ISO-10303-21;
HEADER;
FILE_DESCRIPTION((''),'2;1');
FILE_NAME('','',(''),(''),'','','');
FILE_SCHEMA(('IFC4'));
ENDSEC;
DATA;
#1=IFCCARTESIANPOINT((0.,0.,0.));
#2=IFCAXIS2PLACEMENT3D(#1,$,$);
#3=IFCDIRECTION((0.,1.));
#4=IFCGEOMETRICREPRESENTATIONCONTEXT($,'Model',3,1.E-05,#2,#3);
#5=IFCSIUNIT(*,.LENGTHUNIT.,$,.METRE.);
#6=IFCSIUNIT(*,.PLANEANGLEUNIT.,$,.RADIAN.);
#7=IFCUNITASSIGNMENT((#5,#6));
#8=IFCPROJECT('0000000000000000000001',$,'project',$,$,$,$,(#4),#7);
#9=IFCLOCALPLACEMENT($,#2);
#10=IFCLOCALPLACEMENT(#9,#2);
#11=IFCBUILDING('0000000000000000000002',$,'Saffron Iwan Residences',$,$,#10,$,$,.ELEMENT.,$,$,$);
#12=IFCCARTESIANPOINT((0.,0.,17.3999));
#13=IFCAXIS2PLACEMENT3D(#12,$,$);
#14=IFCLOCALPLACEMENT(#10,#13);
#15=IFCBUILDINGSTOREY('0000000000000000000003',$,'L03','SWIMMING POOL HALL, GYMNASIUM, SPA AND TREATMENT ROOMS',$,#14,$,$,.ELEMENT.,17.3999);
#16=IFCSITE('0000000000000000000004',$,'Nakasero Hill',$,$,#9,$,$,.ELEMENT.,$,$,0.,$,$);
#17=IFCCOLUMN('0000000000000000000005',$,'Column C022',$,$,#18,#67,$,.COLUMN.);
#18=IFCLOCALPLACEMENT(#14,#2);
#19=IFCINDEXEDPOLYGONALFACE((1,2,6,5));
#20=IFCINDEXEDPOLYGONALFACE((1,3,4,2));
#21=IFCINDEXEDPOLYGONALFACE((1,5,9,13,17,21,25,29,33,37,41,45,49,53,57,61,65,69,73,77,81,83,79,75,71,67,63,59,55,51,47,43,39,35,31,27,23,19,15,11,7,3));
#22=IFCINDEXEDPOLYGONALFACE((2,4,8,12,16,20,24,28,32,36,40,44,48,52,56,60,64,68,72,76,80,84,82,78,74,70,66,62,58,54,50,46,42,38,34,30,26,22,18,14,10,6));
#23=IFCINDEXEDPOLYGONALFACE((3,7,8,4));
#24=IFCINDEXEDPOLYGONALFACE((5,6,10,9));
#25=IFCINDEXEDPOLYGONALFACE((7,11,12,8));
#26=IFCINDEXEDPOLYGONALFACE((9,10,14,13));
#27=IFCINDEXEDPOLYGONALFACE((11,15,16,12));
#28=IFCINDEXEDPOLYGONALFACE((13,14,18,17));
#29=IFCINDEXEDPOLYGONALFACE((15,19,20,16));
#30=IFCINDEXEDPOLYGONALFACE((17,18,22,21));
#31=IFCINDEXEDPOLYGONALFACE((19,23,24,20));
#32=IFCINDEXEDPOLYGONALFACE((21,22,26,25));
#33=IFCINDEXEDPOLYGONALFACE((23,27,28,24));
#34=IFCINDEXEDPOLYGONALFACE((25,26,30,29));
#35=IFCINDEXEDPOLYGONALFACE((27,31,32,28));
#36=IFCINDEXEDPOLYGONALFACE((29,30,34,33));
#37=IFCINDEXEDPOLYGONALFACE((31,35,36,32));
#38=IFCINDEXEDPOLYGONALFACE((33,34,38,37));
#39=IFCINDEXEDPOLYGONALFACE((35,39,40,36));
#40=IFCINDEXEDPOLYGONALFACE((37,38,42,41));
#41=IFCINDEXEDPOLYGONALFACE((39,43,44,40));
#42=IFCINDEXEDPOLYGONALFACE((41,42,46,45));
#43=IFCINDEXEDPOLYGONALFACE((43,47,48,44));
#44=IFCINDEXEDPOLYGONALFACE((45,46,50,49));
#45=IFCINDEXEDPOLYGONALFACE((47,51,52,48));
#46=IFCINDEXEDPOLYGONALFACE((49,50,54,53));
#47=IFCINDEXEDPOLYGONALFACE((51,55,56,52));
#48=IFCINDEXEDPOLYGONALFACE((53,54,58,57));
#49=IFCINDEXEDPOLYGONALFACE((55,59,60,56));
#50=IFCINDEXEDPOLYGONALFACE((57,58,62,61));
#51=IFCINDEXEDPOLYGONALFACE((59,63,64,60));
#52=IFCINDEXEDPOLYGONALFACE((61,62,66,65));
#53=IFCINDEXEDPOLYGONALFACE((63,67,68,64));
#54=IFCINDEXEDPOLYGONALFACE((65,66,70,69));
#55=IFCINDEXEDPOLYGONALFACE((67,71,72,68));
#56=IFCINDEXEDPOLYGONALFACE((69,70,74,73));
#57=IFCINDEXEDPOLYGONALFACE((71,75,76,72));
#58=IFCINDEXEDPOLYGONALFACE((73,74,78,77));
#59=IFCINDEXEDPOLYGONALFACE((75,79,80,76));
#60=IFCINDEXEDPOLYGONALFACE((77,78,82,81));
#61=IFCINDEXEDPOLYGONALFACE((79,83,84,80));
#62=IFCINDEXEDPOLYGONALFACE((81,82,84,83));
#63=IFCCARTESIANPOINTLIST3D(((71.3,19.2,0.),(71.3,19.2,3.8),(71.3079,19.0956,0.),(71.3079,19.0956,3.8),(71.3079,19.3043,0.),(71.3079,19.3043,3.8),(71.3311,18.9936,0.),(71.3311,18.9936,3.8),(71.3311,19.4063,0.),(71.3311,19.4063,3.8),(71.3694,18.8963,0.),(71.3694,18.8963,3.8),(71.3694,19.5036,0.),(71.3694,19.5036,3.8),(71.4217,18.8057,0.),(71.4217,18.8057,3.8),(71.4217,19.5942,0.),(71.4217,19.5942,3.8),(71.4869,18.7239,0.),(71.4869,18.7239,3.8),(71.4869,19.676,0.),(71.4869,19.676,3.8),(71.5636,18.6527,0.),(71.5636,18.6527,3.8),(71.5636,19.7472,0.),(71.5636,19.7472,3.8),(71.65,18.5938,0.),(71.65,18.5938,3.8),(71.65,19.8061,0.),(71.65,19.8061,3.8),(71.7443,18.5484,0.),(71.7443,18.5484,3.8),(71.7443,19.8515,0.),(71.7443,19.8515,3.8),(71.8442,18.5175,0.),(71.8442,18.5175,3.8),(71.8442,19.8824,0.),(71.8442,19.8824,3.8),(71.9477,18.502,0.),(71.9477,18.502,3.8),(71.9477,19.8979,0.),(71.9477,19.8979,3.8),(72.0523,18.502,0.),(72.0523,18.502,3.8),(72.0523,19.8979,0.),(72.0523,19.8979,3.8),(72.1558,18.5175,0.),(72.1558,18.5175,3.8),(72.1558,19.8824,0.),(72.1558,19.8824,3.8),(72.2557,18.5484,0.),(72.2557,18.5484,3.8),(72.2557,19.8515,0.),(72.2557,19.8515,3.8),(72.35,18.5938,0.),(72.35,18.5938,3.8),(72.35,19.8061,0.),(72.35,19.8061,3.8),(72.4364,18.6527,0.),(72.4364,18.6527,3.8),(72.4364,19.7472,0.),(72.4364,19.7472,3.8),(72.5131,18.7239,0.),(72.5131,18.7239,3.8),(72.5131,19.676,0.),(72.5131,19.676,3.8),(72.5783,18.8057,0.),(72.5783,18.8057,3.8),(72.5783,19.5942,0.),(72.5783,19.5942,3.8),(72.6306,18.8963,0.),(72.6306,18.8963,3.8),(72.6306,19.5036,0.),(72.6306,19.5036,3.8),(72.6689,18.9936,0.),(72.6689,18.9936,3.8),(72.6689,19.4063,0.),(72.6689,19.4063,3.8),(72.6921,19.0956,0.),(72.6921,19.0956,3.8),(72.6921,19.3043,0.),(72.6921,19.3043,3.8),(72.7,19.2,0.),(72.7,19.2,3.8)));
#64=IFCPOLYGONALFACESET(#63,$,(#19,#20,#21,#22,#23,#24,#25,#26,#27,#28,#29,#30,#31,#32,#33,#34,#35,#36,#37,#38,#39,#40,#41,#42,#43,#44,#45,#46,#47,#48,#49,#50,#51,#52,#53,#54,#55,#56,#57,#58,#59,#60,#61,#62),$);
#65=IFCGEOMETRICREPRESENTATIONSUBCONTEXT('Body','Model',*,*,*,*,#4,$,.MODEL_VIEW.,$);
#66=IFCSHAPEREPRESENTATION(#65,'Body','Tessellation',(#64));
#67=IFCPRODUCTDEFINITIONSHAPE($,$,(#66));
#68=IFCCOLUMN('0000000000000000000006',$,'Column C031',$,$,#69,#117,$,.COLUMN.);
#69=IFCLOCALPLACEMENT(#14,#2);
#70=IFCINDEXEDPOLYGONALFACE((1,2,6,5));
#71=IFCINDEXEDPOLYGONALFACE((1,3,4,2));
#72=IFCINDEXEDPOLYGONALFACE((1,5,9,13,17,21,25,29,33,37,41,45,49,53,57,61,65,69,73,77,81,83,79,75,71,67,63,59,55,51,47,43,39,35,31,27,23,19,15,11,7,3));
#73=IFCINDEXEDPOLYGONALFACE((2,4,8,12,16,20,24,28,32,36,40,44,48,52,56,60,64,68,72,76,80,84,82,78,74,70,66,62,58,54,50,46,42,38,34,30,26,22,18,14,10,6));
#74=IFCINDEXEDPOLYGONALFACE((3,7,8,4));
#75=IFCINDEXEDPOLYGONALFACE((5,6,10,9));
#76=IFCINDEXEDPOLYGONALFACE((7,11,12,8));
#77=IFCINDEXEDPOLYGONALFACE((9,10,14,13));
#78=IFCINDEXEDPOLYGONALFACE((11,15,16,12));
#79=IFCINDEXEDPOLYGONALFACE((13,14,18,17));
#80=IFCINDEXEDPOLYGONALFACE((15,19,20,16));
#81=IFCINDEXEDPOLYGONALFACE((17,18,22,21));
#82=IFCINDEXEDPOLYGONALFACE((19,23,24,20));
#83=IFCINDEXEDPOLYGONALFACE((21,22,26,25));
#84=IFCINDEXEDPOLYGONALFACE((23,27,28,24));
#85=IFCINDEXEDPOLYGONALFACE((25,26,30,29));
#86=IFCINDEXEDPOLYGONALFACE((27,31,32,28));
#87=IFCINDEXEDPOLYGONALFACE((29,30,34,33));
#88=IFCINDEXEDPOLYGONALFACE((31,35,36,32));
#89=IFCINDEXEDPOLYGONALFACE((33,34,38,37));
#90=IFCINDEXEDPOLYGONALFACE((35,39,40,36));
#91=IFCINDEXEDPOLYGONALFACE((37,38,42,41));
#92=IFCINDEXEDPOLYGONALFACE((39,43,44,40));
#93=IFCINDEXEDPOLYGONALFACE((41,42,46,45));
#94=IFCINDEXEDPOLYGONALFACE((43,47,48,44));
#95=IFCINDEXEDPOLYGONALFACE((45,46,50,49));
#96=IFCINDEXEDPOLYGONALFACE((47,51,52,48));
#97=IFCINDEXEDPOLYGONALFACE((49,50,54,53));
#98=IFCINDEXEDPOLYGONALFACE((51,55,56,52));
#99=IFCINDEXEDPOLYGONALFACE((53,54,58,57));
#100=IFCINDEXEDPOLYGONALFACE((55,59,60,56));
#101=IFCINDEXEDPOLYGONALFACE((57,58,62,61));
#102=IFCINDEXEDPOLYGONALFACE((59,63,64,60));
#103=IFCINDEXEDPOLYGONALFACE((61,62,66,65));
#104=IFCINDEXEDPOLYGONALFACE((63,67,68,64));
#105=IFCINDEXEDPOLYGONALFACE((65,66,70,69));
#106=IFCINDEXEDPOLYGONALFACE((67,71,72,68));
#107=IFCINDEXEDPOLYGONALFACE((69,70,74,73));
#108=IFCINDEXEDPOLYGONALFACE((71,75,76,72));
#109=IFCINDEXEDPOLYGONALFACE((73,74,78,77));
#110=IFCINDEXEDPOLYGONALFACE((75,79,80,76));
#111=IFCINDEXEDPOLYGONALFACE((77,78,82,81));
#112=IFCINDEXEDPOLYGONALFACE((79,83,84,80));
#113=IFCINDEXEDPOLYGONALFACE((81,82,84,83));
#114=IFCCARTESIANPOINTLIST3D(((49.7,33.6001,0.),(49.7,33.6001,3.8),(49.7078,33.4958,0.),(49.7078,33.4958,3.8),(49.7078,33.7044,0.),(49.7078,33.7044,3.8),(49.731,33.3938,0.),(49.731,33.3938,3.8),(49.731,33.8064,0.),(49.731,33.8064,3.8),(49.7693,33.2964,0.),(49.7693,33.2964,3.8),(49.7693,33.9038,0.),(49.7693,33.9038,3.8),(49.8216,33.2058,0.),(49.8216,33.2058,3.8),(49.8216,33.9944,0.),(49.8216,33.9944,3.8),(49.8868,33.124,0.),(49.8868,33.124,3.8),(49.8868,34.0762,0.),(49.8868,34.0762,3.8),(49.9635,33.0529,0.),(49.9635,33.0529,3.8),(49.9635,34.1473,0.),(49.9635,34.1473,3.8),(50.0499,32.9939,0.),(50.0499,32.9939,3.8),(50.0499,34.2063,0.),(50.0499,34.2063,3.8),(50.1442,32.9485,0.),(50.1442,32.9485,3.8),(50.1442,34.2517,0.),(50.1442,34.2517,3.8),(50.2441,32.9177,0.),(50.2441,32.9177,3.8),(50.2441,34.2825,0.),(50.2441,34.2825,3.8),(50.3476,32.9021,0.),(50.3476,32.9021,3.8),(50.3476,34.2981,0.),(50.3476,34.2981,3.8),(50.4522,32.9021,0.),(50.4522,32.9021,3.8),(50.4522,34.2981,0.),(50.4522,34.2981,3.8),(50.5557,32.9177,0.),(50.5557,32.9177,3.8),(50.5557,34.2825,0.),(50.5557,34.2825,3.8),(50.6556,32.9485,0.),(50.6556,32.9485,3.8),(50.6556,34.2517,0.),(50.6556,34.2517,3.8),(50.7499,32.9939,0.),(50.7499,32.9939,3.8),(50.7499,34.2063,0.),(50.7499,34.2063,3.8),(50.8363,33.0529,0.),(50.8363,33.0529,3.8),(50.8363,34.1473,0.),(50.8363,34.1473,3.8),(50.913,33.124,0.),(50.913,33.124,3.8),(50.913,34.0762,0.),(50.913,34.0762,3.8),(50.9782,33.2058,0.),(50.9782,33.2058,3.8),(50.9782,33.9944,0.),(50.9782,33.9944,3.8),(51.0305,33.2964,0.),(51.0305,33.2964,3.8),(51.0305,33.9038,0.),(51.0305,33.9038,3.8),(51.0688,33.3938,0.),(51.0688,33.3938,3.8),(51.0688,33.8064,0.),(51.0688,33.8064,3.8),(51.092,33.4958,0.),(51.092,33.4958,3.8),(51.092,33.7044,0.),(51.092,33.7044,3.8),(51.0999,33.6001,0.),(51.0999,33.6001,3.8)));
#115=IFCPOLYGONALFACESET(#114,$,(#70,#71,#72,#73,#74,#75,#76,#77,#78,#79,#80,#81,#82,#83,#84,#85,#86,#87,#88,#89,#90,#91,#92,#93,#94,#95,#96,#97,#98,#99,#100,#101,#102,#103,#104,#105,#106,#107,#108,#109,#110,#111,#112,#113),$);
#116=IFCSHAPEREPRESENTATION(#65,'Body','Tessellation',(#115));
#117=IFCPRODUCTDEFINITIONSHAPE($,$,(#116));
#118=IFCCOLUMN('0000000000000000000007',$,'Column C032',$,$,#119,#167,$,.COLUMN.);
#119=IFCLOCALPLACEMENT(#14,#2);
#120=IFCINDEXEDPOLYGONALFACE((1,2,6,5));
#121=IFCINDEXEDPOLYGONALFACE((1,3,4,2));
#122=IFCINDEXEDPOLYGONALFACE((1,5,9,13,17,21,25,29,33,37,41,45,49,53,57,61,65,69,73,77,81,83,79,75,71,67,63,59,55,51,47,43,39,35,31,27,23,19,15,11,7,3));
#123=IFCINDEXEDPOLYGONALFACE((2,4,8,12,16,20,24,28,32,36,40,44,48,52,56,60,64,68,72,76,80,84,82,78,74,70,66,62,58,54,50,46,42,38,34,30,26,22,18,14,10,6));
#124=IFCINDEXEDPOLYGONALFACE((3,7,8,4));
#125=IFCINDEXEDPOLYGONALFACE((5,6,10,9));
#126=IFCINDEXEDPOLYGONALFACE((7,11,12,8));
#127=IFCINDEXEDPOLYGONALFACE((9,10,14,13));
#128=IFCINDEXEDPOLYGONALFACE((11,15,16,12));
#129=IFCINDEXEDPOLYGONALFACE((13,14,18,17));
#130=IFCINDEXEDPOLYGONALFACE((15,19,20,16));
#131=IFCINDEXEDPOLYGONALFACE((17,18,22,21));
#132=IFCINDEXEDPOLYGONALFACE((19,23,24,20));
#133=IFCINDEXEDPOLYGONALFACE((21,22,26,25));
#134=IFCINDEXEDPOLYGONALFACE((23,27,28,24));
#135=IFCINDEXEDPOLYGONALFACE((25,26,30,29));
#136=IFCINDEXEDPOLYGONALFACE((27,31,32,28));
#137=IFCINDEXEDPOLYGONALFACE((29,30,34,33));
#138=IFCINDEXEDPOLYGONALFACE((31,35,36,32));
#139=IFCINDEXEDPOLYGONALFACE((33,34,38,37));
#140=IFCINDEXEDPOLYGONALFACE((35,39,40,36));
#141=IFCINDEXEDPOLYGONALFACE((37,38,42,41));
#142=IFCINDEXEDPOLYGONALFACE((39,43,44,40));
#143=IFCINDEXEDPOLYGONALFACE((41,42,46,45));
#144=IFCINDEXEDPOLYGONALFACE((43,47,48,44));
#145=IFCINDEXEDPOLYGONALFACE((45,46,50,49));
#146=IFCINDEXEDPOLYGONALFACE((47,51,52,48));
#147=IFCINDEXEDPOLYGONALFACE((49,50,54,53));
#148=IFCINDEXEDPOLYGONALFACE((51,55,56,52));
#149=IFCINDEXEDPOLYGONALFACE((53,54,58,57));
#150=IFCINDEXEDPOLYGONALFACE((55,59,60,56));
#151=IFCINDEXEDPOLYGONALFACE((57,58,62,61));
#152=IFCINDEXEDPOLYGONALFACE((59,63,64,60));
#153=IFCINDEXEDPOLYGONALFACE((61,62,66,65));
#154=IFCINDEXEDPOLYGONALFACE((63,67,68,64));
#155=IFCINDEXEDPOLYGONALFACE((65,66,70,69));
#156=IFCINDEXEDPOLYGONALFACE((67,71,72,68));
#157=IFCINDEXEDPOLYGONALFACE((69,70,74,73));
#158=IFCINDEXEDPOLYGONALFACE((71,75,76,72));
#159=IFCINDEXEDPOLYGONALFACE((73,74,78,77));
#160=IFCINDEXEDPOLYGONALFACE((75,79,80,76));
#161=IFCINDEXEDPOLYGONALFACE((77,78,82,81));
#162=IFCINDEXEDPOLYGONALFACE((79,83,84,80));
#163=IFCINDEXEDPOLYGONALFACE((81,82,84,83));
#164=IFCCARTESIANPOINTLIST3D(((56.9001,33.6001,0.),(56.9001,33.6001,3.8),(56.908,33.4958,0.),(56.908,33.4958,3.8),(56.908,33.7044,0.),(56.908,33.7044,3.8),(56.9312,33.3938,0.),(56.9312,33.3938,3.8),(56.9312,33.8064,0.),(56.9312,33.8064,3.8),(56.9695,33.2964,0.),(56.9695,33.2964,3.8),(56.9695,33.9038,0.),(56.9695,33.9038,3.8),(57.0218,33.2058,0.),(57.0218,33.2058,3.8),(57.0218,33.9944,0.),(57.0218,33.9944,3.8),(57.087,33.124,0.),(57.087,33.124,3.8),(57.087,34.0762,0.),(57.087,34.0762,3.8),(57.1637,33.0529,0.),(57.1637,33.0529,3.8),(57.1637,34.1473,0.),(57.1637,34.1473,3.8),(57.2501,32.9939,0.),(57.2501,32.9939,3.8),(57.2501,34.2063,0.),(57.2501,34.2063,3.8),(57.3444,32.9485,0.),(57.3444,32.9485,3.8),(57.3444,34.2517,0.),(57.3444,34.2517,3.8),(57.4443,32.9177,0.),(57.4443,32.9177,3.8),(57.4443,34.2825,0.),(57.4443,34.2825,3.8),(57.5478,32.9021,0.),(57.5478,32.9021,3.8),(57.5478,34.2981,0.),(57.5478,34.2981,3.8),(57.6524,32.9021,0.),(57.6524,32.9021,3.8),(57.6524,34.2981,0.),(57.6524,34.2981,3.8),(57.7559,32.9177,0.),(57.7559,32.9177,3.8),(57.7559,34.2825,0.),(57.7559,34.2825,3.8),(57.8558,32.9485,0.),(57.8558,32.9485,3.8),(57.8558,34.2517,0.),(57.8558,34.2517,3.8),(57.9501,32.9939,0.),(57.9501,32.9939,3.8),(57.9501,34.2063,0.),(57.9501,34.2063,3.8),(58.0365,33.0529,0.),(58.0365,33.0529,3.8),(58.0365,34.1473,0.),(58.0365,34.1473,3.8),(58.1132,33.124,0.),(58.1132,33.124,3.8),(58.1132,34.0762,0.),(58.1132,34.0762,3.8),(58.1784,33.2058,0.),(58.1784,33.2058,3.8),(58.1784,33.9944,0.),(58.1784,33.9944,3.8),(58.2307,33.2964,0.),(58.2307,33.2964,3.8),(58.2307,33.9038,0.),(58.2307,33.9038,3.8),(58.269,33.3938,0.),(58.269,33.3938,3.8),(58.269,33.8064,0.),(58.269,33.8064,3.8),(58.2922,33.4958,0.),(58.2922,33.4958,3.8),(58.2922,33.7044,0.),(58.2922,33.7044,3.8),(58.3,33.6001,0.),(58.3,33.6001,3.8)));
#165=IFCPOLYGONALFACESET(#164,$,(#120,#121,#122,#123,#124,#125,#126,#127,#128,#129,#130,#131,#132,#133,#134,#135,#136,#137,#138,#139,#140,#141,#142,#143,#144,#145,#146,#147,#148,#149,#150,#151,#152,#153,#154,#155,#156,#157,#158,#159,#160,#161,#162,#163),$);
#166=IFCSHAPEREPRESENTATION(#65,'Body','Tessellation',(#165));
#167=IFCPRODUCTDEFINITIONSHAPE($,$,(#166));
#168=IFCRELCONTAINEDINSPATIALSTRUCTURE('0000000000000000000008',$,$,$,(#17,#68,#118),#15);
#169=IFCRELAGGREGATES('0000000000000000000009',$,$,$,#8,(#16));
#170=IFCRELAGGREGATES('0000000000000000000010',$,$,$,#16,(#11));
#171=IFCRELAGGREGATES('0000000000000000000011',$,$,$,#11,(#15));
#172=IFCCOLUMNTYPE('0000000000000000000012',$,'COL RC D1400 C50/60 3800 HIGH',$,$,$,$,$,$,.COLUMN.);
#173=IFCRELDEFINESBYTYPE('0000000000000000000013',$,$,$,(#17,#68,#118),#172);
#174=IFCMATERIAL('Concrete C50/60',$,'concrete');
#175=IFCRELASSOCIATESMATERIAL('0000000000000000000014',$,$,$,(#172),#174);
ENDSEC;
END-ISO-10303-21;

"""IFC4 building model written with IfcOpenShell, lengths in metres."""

from ifc_helpers import new_model, si_unit, direction, frame, origin, origin_2d, place, context, subcontext, project, spatial, circle, extrude, source, transform, mapped, material, material_profile, profile_set, type_object, element, save


model = new_model("IFC4")

# Units and contexts
model_context = context("Model", 3, precision=1e-05, world=origin(), true_north=direction((0.0, 1.0)))
body_context = subcontext(model_context, "Body", "Model", "MODEL_VIEW")
ifc_project = project(units=[si_unit("LENGTHUNIT", "METRE"), si_unit("PLANEANGLEUNIT", "RADIAN")], contexts=[model_context])

# Site, building, storey
site_placement = place(None, origin())
site = spatial("IfcSite", under=ifc_project, at=site_placement, Name="Nakasero Hill", CompositionType="ELEMENT", RefElevation=0.0)
building_placement = place(site_placement, origin())
building = spatial("IfcBuilding", under=site, at=building_placement, Name="Saffron Iwan Residences", CompositionType="ELEMENT")
storey_placement = place(building_placement, frame((0.0, 0.0, 17.3999)))
storey = spatial("IfcBuildingStorey", under=building, at=storey_placement, Name="L03", Description="SWIMMING POOL HALL, GYMNASIUM, SPA AND TREATMENT ROOMS", CompositionType="ELEMENT", Elevation=17.3999)

# Columns
ifc_material_1 = material(Name="Concrete C50/60", Category="concrete")
ifc_material_profile_1 = material_profile(ifc_material_1, circle(Radius=0.7, at=origin_2d()), Name="RC D1400")
ifc_profile_set_1 = profile_set([ifc_material_profile_1], Name="Concrete C50/60")
column_type = type_object("IfcColumnType", Name="COL RC D1400 C50/60 3800 HIGH", PredefinedType="COLUMN", material=ifc_profile_set_1)
shared_shape_1 = source(origin(), body_context, "Body", "SweptSolid", [
    extrude(circle(Radius=0.7, at=origin_2d()), origin(), (0.0, 0.0, 1.0), 3.8),
])
for number, where, z_axis, x_axis, name in (
    (1, (72.0, 19.2, 0.0), (0.0, 0.0, 1.0), (1.0, 0.0, 0.0), "Column C022"),
    (2, (50.3999, 33.6001, 0.0), (0.0, 0.0, 1.0), (1.0, 0.0, 0.0), "Column C031"),
    (3, (57.6001, 33.6001, 0.0), (0.0, 0.0, 1.0), (1.0, 0.0, 0.0), "Column C032"),
):
    element("IfcColumn", number, at=place(storey_placement, frame(where, z_axis=z_axis, x_axis=x_axis)), inside=storey, type_object=column_type, Name=name, PredefinedType="COLUMN", context=body_context, shape_type="MappedRepresentation", body=[
        mapped(shared_shape_1, transform((0.0, 0.0, 0.0))),
    ])

save(model, "model.ifc")
